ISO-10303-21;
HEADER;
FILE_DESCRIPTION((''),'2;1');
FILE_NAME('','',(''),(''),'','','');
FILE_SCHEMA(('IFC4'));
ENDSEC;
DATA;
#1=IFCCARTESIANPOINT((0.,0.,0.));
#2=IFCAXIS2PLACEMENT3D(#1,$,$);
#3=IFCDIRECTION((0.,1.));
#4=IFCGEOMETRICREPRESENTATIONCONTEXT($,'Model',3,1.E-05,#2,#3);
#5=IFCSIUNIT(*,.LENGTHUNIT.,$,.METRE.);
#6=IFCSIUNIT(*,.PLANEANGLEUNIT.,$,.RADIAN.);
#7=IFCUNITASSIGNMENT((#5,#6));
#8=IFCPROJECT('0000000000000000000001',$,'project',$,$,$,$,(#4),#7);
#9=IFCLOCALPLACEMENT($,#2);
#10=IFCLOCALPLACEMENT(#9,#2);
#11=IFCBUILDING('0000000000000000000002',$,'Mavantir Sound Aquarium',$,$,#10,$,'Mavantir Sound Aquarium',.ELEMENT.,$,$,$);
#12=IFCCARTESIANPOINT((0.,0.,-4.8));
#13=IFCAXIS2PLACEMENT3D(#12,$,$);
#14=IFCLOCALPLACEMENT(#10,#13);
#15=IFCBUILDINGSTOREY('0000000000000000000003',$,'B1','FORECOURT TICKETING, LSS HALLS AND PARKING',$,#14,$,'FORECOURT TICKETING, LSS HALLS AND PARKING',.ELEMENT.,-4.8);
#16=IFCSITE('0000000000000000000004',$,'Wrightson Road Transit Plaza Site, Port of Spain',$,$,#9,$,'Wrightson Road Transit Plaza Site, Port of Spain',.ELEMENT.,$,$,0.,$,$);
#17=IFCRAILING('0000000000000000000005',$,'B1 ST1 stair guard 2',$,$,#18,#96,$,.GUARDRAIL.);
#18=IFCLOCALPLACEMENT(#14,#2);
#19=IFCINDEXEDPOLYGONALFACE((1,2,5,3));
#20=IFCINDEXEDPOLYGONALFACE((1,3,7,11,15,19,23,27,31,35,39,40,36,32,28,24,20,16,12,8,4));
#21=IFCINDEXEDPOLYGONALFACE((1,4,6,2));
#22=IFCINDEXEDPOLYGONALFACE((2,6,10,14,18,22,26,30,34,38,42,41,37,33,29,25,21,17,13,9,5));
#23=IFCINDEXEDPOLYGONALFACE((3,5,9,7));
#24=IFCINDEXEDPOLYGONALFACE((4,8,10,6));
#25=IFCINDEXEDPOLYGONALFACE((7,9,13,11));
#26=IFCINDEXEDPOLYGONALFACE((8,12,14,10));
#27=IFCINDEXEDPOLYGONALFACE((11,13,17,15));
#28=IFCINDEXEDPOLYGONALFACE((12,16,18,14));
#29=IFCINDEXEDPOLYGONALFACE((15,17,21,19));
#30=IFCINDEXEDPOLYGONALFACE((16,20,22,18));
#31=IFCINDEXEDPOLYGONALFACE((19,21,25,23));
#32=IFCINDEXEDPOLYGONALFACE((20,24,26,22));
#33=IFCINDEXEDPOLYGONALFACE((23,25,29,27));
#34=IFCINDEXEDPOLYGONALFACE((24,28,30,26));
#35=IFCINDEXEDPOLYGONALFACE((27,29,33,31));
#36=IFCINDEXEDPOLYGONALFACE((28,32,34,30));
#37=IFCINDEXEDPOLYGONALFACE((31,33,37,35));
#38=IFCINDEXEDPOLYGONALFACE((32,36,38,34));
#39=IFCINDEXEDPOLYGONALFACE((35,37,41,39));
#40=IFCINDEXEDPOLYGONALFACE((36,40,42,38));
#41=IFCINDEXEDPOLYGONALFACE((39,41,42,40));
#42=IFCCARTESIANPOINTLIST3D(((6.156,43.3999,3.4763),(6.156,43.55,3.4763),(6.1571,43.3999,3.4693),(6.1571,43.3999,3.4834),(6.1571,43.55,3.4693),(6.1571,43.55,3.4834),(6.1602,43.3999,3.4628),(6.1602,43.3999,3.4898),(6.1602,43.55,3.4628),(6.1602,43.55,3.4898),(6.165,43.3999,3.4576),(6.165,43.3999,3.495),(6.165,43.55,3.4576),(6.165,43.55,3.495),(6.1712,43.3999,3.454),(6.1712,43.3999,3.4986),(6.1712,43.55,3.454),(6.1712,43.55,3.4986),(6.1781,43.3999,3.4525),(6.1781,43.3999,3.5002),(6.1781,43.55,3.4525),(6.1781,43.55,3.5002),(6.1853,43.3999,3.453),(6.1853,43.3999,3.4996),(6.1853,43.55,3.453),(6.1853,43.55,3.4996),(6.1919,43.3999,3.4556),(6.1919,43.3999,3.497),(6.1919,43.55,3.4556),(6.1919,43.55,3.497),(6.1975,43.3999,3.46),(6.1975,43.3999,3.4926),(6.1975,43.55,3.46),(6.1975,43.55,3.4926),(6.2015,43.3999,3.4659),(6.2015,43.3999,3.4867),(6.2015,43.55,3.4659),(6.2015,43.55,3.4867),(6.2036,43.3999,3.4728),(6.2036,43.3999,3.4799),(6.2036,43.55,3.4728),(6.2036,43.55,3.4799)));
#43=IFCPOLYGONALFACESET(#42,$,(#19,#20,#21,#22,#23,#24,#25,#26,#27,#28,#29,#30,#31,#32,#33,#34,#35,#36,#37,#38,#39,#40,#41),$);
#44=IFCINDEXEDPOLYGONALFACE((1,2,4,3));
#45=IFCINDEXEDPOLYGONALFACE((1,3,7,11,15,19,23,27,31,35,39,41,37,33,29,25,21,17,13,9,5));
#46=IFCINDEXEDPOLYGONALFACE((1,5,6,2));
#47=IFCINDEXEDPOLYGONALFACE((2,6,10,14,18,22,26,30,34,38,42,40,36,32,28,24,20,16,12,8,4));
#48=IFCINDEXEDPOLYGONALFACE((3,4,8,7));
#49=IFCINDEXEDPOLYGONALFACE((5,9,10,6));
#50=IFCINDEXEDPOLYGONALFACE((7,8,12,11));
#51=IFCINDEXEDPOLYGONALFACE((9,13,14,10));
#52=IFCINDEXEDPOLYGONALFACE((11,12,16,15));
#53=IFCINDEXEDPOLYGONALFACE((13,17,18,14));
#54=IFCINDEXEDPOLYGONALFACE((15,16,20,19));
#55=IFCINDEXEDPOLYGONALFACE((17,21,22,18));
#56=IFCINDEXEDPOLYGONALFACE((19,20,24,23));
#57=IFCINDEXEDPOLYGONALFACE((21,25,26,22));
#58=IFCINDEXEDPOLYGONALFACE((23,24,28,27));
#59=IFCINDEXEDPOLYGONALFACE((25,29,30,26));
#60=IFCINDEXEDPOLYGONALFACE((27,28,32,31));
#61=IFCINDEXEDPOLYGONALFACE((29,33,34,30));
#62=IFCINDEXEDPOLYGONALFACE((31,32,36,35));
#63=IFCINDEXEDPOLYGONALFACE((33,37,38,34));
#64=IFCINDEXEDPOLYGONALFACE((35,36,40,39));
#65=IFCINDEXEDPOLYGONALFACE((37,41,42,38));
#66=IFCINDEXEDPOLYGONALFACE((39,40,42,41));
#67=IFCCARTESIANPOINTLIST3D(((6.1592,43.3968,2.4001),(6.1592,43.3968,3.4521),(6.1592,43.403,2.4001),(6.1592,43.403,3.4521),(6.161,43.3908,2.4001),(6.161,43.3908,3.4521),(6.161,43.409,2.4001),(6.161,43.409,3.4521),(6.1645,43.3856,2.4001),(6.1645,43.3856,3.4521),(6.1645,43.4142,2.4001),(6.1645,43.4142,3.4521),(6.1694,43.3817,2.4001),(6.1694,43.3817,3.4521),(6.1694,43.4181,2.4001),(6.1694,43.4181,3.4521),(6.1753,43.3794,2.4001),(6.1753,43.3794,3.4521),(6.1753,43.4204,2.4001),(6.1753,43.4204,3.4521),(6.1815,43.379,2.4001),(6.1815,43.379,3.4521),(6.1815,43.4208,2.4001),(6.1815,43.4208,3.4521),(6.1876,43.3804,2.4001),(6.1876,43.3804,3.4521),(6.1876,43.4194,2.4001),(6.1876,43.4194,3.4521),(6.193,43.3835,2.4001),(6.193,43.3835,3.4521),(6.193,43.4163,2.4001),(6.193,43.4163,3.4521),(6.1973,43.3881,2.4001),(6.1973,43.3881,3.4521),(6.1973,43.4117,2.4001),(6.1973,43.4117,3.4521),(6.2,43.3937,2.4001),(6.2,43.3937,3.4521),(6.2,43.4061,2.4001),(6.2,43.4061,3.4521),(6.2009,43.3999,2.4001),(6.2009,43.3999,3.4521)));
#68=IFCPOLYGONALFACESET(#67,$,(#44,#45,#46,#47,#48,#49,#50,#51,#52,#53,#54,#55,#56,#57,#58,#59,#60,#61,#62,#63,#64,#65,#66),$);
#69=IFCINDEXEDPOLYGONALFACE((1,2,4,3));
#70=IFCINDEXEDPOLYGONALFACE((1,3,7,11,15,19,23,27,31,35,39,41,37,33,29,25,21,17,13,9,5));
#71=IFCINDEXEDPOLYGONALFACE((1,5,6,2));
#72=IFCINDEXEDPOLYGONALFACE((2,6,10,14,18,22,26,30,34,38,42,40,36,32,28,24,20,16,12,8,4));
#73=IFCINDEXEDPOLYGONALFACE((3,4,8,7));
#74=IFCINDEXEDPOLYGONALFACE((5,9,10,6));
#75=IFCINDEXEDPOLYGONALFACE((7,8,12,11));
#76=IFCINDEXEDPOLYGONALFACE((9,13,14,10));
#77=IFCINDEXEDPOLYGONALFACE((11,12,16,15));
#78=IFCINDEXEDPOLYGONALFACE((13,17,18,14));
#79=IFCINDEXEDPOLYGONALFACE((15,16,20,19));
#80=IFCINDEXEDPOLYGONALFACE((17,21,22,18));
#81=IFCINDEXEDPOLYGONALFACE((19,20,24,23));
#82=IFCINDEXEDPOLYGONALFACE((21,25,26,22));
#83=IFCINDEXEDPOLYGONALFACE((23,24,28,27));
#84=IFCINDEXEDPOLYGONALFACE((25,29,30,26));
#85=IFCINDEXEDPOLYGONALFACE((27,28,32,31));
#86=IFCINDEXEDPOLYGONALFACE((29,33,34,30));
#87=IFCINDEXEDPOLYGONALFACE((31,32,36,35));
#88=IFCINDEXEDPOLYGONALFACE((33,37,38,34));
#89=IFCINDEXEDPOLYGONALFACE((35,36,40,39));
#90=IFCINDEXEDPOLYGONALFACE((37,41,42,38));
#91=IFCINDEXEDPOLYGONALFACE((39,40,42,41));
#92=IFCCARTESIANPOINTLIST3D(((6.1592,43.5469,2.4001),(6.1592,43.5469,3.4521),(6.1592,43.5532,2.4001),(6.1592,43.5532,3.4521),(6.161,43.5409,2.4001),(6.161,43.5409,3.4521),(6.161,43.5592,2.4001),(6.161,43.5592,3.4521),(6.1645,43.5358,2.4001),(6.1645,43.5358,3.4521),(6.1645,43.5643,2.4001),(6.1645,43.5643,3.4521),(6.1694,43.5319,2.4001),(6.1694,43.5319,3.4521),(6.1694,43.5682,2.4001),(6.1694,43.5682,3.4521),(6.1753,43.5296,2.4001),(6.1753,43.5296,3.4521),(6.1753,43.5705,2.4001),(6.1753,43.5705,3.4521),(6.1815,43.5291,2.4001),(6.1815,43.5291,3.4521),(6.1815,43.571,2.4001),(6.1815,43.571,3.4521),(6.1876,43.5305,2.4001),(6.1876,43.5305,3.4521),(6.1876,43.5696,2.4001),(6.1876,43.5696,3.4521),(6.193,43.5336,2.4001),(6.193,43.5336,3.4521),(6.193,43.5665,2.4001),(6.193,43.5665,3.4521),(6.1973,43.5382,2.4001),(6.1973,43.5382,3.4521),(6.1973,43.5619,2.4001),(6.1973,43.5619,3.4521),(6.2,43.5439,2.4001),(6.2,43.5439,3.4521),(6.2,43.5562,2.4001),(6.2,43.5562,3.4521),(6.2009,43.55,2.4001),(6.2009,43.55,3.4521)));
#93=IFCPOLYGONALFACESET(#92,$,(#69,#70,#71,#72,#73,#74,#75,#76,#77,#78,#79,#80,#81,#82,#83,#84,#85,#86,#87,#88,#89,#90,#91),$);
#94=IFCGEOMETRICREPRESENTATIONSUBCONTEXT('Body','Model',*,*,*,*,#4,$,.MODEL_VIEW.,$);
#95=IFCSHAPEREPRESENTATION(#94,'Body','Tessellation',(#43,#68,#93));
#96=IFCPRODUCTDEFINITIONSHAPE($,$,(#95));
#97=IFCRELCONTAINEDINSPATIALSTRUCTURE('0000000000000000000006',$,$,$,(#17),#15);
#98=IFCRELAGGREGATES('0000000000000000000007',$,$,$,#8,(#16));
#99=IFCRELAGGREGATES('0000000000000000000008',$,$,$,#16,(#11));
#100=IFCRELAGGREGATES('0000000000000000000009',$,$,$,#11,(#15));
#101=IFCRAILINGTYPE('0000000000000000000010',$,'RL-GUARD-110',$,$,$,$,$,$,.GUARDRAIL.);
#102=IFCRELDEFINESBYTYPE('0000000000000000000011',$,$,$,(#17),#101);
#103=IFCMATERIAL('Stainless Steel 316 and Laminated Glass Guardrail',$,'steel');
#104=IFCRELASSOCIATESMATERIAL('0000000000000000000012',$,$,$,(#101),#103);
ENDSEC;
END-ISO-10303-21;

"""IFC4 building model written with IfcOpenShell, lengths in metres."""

from ifc_helpers import new_model, si_unit, direction, frame, origin, origin_2d, place, context, subcontext, project, spatial, circle, extrude, material, type_object, element, save


model = new_model("IFC4")

# Units and contexts
model_context = context("Model", 3, precision=1e-05, world=origin(), true_north=direction((0.0, 1.0)))
body_context = subcontext(model_context, "Body", "Model", "MODEL_VIEW")
ifc_project = project(units=[si_unit("LENGTHUNIT", "METRE"), si_unit("PLANEANGLEUNIT", "RADIAN")], contexts=[model_context])

# Site, building, storey
site_placement = place(None, origin())
site = spatial("IfcSite", under=ifc_project, at=site_placement, Name="Wrightson Road Transit Plaza Site, Port of Spain", LongName="Wrightson Road Transit Plaza Site, Port of Spain", CompositionType="ELEMENT", RefElevation=0.0)
building_placement = place(site_placement, origin())
building = spatial("IfcBuilding", under=site, at=building_placement, Name="Mavantir Sound Aquarium", LongName="Mavantir Sound Aquarium", CompositionType="ELEMENT")
storey_placement = place(building_placement, frame((0.0, 0.0, -4.8)))
storey = spatial("IfcBuildingStorey", under=building, at=storey_placement, Name="B1", Description="FORECOURT TICKETING, LSS HALLS AND PARKING", LongName="FORECOURT TICKETING, LSS HALLS AND PARKING", CompositionType="ELEMENT", Elevation=-4.8)

# Railing
ifc_material_1 = material(Name="Stainless Steel 316 and Laminated Glass Guardrail", Category="steel")
railing_type_1 = type_object("IfcRailingType", Name="RL-GUARD-110", PredefinedType="GUARDRAIL", material=ifc_material_1)
railing_1_placement = place(storey_placement, frame((6.1799, 43.3999, 2.4001)))
element("IfcRailing", 1, at=railing_1_placement, inside=storey, type_object=railing_type_1, Name="B1 ST1 stair guard 2", PredefinedType="GUARDRAIL", context=body_context, shape_type="SweptSolid", body=[
    extrude(circle(Radius=0.0239, at=origin_2d()), frame((0.0, 0.0, 1.0762), z_axis=(0.0, 1.0, 0.0), x_axis=(-1.0, 0.0, 0.0)), (0.0, 0.0, 1.0), 0.1501),
    extrude(circle(Radius=0.021, at=origin_2d()), origin(), (0.0, 0.0, 1.0), 1.052),
    extrude(circle(Radius=0.021, at=origin_2d()), frame((0.0, 0.1501, 0.0)), (0.0, 0.0, 1.0), 1.052),
])

save(model, "model.ifc")
